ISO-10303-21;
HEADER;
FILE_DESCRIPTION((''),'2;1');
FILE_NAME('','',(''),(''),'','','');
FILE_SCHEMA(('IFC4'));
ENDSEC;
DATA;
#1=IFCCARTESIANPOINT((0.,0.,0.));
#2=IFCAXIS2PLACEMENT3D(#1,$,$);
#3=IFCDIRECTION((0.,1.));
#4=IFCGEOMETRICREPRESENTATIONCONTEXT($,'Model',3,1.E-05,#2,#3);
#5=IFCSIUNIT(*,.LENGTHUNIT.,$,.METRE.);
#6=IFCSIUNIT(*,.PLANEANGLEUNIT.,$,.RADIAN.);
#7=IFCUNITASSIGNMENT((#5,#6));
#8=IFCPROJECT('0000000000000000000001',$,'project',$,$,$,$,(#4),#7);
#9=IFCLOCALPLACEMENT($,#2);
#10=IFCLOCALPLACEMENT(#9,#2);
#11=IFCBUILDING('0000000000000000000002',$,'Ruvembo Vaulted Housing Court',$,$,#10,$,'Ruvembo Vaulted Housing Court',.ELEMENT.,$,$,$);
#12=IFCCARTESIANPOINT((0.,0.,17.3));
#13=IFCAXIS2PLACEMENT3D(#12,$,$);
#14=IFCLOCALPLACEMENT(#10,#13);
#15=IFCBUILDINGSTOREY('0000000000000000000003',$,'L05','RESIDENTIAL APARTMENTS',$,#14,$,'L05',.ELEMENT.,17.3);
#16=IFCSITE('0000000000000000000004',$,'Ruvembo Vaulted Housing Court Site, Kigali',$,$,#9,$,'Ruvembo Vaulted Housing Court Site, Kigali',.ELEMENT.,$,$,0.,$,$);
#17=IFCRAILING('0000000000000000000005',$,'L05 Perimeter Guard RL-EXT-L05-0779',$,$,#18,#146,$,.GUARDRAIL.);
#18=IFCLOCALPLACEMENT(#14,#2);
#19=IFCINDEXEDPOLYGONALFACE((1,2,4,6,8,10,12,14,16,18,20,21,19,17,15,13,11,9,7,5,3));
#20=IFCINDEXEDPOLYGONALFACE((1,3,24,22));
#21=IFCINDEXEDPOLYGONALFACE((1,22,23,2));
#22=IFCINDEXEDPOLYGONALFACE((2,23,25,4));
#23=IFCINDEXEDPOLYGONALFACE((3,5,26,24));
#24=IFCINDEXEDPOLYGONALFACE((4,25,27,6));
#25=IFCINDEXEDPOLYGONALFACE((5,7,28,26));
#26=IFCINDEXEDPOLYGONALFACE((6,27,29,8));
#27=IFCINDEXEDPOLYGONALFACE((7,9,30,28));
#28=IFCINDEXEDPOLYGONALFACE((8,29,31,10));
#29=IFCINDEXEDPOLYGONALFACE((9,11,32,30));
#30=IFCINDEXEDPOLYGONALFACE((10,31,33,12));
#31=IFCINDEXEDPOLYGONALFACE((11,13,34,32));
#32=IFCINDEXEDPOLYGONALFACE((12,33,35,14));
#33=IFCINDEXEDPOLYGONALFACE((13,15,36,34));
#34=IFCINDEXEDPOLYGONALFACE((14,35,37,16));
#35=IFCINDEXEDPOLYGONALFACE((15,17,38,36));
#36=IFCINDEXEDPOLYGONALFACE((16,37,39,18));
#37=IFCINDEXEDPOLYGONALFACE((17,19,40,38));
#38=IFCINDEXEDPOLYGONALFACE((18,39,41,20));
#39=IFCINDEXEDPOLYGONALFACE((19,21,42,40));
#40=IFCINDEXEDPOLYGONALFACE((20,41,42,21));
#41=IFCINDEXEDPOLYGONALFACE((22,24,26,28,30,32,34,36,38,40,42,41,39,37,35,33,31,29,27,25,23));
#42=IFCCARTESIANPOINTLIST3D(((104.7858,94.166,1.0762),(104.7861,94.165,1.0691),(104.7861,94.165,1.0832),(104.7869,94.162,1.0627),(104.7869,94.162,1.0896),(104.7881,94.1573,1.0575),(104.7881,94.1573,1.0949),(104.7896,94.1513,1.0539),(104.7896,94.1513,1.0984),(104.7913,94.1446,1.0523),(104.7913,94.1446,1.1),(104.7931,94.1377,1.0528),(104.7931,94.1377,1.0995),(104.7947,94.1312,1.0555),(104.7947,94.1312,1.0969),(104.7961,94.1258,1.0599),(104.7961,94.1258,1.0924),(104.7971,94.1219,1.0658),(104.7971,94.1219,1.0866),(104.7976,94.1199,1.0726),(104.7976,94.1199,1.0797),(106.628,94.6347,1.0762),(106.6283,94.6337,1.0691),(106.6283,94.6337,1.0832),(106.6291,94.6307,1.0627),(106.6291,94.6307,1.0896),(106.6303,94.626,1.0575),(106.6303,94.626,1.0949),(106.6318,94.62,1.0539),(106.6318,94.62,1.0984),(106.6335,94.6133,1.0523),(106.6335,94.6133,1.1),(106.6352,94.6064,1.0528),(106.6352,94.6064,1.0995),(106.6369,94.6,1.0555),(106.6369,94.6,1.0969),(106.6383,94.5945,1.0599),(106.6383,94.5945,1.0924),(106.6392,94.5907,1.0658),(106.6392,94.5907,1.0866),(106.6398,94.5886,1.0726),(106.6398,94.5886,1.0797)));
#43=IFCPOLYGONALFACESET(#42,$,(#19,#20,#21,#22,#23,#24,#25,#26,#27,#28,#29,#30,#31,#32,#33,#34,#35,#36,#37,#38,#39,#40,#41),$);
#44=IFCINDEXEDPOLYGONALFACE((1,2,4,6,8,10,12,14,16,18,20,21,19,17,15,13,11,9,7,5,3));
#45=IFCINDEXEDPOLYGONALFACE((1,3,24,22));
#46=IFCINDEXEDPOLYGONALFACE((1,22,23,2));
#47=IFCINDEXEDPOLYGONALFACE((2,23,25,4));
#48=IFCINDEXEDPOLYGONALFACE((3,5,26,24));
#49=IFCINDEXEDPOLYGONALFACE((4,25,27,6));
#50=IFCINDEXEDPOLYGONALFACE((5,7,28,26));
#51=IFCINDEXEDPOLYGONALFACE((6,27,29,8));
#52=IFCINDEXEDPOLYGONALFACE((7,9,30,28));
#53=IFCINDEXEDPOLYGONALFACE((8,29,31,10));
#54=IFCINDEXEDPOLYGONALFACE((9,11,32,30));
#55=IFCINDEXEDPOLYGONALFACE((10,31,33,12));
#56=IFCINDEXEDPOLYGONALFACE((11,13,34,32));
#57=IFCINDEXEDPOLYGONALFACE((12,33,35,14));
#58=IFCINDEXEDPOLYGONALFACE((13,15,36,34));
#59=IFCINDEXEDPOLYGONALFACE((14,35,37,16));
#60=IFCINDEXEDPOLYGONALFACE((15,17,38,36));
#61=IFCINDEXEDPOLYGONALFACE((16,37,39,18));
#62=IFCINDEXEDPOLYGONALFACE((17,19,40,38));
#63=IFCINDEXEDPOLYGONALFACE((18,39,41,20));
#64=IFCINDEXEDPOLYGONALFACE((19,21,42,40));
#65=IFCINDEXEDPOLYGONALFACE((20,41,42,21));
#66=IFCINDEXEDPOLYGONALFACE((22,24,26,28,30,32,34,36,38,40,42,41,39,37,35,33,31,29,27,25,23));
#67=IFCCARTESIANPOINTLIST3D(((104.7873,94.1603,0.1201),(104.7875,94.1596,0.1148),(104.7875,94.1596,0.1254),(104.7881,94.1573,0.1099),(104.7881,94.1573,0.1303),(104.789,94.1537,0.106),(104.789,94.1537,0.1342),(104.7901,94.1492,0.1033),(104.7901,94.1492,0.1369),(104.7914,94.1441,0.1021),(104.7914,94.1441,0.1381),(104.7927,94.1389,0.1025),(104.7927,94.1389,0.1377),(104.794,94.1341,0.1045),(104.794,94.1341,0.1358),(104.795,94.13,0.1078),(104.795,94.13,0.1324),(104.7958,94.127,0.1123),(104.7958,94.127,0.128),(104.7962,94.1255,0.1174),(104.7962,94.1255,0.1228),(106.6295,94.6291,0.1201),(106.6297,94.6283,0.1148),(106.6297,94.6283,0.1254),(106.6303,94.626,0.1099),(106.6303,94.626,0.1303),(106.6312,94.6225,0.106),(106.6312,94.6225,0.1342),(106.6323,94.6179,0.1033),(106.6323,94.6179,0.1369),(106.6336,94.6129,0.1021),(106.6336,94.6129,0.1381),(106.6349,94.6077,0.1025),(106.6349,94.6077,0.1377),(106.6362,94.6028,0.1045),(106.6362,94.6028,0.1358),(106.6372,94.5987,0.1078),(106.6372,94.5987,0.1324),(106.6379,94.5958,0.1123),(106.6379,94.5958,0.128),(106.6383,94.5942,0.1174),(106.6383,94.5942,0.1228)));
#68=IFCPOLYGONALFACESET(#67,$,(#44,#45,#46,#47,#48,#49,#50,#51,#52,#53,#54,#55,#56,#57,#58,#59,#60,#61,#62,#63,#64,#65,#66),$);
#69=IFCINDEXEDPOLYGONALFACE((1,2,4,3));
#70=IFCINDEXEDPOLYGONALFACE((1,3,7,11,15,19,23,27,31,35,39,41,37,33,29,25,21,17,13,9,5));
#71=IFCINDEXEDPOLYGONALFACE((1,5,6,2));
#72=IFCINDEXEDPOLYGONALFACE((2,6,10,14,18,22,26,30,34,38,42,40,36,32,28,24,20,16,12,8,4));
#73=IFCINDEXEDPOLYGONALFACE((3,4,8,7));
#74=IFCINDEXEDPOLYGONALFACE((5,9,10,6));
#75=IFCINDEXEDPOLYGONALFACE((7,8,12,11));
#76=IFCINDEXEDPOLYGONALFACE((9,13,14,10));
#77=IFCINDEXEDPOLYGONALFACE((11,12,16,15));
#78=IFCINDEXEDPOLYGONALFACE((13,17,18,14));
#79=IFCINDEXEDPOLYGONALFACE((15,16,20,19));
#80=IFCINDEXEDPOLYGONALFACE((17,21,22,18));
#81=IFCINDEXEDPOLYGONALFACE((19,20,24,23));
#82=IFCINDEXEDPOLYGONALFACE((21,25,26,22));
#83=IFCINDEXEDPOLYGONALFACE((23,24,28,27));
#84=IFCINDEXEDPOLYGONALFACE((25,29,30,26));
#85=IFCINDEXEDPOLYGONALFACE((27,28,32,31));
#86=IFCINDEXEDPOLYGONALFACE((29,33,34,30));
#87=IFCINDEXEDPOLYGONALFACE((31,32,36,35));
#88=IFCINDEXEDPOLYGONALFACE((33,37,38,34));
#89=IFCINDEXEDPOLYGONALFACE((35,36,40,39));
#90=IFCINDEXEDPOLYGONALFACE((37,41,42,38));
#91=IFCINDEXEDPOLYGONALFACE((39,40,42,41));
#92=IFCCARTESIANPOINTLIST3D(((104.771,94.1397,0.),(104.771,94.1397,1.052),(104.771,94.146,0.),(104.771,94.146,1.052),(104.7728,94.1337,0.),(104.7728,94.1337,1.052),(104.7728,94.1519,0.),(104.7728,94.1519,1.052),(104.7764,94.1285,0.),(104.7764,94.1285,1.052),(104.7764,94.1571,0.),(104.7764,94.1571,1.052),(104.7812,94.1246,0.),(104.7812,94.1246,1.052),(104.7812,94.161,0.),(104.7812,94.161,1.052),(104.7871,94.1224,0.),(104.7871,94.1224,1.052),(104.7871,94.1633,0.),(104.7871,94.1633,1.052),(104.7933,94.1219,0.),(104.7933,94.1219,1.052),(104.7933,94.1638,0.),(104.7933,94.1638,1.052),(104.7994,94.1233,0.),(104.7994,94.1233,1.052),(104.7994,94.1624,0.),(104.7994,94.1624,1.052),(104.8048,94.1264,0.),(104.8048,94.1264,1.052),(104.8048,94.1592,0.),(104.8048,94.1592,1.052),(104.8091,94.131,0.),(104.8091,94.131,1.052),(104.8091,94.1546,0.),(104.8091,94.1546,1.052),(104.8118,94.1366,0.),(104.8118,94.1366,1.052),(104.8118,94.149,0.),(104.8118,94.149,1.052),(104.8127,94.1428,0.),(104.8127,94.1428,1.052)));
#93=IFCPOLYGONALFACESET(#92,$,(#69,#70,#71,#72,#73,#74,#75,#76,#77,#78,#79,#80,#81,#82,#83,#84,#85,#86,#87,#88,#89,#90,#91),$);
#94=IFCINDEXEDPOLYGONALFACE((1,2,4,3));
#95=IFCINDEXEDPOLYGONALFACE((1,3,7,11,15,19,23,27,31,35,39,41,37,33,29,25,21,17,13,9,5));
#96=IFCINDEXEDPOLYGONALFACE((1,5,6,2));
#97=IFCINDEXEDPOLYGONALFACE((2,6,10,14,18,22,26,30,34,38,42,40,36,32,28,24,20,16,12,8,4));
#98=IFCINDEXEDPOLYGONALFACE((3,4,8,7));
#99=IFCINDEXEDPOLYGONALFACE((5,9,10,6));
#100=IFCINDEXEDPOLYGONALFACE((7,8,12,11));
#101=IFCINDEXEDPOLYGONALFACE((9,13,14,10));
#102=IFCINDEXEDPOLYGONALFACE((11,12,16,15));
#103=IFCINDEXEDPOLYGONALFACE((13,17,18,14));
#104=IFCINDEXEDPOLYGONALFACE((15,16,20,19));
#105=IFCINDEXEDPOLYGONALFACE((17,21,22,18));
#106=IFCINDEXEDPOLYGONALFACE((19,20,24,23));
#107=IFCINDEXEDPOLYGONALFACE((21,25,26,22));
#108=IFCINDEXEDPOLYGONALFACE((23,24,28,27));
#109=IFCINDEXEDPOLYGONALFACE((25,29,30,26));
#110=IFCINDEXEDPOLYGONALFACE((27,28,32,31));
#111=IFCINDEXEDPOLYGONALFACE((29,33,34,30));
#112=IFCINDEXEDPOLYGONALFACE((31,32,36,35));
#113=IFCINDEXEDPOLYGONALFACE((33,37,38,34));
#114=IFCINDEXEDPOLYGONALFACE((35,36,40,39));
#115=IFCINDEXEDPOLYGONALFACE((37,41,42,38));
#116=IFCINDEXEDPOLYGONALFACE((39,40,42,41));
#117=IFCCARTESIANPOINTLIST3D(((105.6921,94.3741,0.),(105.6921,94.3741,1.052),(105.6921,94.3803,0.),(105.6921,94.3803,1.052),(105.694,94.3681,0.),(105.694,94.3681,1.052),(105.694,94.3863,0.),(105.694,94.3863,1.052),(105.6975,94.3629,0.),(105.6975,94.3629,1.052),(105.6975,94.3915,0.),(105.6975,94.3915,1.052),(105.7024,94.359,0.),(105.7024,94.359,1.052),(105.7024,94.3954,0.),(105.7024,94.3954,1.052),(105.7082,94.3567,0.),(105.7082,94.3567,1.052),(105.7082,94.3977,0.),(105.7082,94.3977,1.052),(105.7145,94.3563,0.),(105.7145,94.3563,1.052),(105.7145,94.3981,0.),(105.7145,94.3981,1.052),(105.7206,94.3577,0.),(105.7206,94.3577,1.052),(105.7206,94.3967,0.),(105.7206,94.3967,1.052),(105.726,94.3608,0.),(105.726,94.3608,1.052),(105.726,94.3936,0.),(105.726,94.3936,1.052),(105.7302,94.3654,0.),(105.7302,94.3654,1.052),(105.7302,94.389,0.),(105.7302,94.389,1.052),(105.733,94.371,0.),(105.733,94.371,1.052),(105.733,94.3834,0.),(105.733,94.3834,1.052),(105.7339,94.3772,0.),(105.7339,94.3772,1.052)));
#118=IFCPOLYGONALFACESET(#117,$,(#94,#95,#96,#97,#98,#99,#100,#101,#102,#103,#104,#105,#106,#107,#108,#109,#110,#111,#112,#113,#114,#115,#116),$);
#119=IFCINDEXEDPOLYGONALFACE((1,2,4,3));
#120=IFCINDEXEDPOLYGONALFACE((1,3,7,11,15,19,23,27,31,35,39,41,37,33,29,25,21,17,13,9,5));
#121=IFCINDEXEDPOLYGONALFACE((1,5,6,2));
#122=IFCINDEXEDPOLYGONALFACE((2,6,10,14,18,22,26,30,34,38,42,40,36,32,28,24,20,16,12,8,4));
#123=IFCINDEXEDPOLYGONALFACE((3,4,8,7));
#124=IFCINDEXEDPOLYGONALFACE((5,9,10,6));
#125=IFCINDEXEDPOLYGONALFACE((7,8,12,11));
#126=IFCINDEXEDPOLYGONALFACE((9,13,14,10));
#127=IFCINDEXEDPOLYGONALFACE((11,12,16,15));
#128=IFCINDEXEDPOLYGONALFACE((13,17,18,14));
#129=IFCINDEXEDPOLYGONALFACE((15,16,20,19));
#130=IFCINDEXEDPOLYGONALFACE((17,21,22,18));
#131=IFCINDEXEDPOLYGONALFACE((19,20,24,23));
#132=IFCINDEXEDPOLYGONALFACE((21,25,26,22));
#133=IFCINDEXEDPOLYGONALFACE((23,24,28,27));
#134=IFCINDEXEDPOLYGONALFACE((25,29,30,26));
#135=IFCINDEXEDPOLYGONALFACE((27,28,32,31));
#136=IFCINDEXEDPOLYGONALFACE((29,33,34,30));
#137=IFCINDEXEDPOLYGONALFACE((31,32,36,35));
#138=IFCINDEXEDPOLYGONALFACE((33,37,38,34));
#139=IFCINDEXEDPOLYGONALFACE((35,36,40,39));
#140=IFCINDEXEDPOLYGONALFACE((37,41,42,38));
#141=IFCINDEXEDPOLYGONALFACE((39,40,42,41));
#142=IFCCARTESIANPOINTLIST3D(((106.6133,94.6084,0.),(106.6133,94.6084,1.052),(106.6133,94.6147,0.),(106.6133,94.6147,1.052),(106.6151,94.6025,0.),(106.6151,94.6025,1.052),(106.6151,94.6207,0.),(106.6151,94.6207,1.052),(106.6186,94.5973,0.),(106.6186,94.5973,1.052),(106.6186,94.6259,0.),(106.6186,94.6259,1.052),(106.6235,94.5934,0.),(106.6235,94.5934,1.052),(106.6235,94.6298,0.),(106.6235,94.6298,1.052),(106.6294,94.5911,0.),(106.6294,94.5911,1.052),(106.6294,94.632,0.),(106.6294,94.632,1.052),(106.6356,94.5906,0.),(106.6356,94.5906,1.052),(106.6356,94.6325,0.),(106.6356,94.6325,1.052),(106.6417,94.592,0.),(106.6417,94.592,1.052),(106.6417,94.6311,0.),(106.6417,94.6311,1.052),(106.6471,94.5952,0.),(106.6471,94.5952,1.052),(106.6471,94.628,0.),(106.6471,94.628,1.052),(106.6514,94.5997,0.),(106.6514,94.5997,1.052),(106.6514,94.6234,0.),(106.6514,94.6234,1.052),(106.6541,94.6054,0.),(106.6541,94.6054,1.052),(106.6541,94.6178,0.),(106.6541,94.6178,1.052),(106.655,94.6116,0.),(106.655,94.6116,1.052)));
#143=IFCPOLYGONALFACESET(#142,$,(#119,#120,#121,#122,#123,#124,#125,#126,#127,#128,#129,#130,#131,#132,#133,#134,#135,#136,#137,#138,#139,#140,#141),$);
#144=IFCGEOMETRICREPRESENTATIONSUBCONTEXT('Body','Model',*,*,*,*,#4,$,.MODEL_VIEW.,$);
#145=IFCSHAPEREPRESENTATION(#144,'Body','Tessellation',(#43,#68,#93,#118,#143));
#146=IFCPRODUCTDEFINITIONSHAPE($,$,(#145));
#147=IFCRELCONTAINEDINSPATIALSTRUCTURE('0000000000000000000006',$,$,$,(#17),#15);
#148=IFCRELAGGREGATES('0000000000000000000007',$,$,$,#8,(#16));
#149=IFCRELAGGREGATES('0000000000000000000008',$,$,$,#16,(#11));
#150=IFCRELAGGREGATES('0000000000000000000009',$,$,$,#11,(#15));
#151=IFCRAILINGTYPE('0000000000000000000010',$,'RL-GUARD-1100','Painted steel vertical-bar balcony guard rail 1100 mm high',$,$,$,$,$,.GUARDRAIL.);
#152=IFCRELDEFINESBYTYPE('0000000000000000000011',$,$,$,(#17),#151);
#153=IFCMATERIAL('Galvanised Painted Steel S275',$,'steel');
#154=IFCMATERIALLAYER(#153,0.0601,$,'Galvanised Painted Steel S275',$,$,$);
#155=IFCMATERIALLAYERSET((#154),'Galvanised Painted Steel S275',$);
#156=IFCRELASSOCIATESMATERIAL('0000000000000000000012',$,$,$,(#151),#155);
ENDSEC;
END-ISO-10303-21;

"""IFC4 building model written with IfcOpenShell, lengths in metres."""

from ifc_helpers import new_model, si_unit, direction, frame, origin, origin_2d, place, context, subcontext, project, spatial, circle, extrude, material, layer, layer_set, type_object, element, save


model = new_model("IFC4")

# Units and contexts
model_context = context("Model", 3, precision=1e-05, world=origin(), true_north=direction((0.0, 1.0)))
body_context = subcontext(model_context, "Body", "Model", "MODEL_VIEW")
ifc_project = project(units=[si_unit("LENGTHUNIT", "METRE"), si_unit("PLANEANGLEUNIT", "RADIAN")], contexts=[model_context])

# Site, building, storey
site_placement = place(None, origin())
site = spatial("IfcSite", under=ifc_project, at=site_placement, Name="Ruvembo Vaulted Housing Court Site, Kigali", LongName="Ruvembo Vaulted Housing Court Site, Kigali", CompositionType="ELEMENT", RefElevation=0.0)
building_placement = place(site_placement, origin())
building = spatial("IfcBuilding", under=site, at=building_placement, Name="Ruvembo Vaulted Housing Court", LongName="Ruvembo Vaulted Housing Court", CompositionType="ELEMENT")
storey_placement = place(building_placement, frame((0.0, 0.0, 17.3)))
storey = spatial("IfcBuildingStorey", under=building, at=storey_placement, Name="L05", Description="RESIDENTIAL APARTMENTS", LongName="L05", CompositionType="ELEMENT", Elevation=17.3)

# Railing
ifc_material_1 = material(Name="Galvanised Painted Steel S275", Category="steel")
ifc_layer = layer(ifc_material_1, 0.0601, Name="Galvanised Painted Steel S275")
ifc_layer_set = layer_set([ifc_layer], Name="Galvanised Painted Steel S275")
railing_type = type_object("IfcRailingType", Name="RL-GUARD-1100", Description="Painted steel vertical-bar balcony guard rail 1100 mm high", PredefinedType="GUARDRAIL", material=ifc_layer_set)
railing_1_placement = place(storey_placement, frame((104.7917, 94.1428, 0.0)))
element("IfcRailing", 1, at=railing_1_placement, inside=storey, type_object=railing_type, Name="L05 Perimeter Guard RL-EXT-L05-0779", PredefinedType="GUARDRAIL", context=body_context, shape_type="SweptSolid", body=[
    extrude(circle(Radius=0.0239, at=origin_2d()), frame((0.0, 0.0, 1.0762), z_axis=(0.969122, 0.246583, 0.0), x_axis=(-0.246583, 0.969122, 0.0)), (0.0, 0.0, 1.0), 1.9009),
    extrude(circle(Radius=0.0181, at=origin_2d()), frame((0.0, 0.0, 0.1201), z_axis=(0.969122, 0.246583, 0.0), x_axis=(-0.246583, 0.969122, 0.0)), (0.0, 0.0, 1.0), 1.9009),
    extrude(circle(Radius=0.021, at=origin_2d()), origin(), (0.0, 0.0, 1.0), 1.052),
    extrude(circle(Radius=0.021, at=origin_2d()), frame((0.9211, 0.2344, 0.0)), (0.0, 0.0, 1.0), 1.052),
    extrude(circle(Radius=0.021, at=origin_2d()), frame((1.8423, 0.4688, 0.0)), (0.0, 0.0, 1.0), 1.052),
])

save(model, "model.ifc")
